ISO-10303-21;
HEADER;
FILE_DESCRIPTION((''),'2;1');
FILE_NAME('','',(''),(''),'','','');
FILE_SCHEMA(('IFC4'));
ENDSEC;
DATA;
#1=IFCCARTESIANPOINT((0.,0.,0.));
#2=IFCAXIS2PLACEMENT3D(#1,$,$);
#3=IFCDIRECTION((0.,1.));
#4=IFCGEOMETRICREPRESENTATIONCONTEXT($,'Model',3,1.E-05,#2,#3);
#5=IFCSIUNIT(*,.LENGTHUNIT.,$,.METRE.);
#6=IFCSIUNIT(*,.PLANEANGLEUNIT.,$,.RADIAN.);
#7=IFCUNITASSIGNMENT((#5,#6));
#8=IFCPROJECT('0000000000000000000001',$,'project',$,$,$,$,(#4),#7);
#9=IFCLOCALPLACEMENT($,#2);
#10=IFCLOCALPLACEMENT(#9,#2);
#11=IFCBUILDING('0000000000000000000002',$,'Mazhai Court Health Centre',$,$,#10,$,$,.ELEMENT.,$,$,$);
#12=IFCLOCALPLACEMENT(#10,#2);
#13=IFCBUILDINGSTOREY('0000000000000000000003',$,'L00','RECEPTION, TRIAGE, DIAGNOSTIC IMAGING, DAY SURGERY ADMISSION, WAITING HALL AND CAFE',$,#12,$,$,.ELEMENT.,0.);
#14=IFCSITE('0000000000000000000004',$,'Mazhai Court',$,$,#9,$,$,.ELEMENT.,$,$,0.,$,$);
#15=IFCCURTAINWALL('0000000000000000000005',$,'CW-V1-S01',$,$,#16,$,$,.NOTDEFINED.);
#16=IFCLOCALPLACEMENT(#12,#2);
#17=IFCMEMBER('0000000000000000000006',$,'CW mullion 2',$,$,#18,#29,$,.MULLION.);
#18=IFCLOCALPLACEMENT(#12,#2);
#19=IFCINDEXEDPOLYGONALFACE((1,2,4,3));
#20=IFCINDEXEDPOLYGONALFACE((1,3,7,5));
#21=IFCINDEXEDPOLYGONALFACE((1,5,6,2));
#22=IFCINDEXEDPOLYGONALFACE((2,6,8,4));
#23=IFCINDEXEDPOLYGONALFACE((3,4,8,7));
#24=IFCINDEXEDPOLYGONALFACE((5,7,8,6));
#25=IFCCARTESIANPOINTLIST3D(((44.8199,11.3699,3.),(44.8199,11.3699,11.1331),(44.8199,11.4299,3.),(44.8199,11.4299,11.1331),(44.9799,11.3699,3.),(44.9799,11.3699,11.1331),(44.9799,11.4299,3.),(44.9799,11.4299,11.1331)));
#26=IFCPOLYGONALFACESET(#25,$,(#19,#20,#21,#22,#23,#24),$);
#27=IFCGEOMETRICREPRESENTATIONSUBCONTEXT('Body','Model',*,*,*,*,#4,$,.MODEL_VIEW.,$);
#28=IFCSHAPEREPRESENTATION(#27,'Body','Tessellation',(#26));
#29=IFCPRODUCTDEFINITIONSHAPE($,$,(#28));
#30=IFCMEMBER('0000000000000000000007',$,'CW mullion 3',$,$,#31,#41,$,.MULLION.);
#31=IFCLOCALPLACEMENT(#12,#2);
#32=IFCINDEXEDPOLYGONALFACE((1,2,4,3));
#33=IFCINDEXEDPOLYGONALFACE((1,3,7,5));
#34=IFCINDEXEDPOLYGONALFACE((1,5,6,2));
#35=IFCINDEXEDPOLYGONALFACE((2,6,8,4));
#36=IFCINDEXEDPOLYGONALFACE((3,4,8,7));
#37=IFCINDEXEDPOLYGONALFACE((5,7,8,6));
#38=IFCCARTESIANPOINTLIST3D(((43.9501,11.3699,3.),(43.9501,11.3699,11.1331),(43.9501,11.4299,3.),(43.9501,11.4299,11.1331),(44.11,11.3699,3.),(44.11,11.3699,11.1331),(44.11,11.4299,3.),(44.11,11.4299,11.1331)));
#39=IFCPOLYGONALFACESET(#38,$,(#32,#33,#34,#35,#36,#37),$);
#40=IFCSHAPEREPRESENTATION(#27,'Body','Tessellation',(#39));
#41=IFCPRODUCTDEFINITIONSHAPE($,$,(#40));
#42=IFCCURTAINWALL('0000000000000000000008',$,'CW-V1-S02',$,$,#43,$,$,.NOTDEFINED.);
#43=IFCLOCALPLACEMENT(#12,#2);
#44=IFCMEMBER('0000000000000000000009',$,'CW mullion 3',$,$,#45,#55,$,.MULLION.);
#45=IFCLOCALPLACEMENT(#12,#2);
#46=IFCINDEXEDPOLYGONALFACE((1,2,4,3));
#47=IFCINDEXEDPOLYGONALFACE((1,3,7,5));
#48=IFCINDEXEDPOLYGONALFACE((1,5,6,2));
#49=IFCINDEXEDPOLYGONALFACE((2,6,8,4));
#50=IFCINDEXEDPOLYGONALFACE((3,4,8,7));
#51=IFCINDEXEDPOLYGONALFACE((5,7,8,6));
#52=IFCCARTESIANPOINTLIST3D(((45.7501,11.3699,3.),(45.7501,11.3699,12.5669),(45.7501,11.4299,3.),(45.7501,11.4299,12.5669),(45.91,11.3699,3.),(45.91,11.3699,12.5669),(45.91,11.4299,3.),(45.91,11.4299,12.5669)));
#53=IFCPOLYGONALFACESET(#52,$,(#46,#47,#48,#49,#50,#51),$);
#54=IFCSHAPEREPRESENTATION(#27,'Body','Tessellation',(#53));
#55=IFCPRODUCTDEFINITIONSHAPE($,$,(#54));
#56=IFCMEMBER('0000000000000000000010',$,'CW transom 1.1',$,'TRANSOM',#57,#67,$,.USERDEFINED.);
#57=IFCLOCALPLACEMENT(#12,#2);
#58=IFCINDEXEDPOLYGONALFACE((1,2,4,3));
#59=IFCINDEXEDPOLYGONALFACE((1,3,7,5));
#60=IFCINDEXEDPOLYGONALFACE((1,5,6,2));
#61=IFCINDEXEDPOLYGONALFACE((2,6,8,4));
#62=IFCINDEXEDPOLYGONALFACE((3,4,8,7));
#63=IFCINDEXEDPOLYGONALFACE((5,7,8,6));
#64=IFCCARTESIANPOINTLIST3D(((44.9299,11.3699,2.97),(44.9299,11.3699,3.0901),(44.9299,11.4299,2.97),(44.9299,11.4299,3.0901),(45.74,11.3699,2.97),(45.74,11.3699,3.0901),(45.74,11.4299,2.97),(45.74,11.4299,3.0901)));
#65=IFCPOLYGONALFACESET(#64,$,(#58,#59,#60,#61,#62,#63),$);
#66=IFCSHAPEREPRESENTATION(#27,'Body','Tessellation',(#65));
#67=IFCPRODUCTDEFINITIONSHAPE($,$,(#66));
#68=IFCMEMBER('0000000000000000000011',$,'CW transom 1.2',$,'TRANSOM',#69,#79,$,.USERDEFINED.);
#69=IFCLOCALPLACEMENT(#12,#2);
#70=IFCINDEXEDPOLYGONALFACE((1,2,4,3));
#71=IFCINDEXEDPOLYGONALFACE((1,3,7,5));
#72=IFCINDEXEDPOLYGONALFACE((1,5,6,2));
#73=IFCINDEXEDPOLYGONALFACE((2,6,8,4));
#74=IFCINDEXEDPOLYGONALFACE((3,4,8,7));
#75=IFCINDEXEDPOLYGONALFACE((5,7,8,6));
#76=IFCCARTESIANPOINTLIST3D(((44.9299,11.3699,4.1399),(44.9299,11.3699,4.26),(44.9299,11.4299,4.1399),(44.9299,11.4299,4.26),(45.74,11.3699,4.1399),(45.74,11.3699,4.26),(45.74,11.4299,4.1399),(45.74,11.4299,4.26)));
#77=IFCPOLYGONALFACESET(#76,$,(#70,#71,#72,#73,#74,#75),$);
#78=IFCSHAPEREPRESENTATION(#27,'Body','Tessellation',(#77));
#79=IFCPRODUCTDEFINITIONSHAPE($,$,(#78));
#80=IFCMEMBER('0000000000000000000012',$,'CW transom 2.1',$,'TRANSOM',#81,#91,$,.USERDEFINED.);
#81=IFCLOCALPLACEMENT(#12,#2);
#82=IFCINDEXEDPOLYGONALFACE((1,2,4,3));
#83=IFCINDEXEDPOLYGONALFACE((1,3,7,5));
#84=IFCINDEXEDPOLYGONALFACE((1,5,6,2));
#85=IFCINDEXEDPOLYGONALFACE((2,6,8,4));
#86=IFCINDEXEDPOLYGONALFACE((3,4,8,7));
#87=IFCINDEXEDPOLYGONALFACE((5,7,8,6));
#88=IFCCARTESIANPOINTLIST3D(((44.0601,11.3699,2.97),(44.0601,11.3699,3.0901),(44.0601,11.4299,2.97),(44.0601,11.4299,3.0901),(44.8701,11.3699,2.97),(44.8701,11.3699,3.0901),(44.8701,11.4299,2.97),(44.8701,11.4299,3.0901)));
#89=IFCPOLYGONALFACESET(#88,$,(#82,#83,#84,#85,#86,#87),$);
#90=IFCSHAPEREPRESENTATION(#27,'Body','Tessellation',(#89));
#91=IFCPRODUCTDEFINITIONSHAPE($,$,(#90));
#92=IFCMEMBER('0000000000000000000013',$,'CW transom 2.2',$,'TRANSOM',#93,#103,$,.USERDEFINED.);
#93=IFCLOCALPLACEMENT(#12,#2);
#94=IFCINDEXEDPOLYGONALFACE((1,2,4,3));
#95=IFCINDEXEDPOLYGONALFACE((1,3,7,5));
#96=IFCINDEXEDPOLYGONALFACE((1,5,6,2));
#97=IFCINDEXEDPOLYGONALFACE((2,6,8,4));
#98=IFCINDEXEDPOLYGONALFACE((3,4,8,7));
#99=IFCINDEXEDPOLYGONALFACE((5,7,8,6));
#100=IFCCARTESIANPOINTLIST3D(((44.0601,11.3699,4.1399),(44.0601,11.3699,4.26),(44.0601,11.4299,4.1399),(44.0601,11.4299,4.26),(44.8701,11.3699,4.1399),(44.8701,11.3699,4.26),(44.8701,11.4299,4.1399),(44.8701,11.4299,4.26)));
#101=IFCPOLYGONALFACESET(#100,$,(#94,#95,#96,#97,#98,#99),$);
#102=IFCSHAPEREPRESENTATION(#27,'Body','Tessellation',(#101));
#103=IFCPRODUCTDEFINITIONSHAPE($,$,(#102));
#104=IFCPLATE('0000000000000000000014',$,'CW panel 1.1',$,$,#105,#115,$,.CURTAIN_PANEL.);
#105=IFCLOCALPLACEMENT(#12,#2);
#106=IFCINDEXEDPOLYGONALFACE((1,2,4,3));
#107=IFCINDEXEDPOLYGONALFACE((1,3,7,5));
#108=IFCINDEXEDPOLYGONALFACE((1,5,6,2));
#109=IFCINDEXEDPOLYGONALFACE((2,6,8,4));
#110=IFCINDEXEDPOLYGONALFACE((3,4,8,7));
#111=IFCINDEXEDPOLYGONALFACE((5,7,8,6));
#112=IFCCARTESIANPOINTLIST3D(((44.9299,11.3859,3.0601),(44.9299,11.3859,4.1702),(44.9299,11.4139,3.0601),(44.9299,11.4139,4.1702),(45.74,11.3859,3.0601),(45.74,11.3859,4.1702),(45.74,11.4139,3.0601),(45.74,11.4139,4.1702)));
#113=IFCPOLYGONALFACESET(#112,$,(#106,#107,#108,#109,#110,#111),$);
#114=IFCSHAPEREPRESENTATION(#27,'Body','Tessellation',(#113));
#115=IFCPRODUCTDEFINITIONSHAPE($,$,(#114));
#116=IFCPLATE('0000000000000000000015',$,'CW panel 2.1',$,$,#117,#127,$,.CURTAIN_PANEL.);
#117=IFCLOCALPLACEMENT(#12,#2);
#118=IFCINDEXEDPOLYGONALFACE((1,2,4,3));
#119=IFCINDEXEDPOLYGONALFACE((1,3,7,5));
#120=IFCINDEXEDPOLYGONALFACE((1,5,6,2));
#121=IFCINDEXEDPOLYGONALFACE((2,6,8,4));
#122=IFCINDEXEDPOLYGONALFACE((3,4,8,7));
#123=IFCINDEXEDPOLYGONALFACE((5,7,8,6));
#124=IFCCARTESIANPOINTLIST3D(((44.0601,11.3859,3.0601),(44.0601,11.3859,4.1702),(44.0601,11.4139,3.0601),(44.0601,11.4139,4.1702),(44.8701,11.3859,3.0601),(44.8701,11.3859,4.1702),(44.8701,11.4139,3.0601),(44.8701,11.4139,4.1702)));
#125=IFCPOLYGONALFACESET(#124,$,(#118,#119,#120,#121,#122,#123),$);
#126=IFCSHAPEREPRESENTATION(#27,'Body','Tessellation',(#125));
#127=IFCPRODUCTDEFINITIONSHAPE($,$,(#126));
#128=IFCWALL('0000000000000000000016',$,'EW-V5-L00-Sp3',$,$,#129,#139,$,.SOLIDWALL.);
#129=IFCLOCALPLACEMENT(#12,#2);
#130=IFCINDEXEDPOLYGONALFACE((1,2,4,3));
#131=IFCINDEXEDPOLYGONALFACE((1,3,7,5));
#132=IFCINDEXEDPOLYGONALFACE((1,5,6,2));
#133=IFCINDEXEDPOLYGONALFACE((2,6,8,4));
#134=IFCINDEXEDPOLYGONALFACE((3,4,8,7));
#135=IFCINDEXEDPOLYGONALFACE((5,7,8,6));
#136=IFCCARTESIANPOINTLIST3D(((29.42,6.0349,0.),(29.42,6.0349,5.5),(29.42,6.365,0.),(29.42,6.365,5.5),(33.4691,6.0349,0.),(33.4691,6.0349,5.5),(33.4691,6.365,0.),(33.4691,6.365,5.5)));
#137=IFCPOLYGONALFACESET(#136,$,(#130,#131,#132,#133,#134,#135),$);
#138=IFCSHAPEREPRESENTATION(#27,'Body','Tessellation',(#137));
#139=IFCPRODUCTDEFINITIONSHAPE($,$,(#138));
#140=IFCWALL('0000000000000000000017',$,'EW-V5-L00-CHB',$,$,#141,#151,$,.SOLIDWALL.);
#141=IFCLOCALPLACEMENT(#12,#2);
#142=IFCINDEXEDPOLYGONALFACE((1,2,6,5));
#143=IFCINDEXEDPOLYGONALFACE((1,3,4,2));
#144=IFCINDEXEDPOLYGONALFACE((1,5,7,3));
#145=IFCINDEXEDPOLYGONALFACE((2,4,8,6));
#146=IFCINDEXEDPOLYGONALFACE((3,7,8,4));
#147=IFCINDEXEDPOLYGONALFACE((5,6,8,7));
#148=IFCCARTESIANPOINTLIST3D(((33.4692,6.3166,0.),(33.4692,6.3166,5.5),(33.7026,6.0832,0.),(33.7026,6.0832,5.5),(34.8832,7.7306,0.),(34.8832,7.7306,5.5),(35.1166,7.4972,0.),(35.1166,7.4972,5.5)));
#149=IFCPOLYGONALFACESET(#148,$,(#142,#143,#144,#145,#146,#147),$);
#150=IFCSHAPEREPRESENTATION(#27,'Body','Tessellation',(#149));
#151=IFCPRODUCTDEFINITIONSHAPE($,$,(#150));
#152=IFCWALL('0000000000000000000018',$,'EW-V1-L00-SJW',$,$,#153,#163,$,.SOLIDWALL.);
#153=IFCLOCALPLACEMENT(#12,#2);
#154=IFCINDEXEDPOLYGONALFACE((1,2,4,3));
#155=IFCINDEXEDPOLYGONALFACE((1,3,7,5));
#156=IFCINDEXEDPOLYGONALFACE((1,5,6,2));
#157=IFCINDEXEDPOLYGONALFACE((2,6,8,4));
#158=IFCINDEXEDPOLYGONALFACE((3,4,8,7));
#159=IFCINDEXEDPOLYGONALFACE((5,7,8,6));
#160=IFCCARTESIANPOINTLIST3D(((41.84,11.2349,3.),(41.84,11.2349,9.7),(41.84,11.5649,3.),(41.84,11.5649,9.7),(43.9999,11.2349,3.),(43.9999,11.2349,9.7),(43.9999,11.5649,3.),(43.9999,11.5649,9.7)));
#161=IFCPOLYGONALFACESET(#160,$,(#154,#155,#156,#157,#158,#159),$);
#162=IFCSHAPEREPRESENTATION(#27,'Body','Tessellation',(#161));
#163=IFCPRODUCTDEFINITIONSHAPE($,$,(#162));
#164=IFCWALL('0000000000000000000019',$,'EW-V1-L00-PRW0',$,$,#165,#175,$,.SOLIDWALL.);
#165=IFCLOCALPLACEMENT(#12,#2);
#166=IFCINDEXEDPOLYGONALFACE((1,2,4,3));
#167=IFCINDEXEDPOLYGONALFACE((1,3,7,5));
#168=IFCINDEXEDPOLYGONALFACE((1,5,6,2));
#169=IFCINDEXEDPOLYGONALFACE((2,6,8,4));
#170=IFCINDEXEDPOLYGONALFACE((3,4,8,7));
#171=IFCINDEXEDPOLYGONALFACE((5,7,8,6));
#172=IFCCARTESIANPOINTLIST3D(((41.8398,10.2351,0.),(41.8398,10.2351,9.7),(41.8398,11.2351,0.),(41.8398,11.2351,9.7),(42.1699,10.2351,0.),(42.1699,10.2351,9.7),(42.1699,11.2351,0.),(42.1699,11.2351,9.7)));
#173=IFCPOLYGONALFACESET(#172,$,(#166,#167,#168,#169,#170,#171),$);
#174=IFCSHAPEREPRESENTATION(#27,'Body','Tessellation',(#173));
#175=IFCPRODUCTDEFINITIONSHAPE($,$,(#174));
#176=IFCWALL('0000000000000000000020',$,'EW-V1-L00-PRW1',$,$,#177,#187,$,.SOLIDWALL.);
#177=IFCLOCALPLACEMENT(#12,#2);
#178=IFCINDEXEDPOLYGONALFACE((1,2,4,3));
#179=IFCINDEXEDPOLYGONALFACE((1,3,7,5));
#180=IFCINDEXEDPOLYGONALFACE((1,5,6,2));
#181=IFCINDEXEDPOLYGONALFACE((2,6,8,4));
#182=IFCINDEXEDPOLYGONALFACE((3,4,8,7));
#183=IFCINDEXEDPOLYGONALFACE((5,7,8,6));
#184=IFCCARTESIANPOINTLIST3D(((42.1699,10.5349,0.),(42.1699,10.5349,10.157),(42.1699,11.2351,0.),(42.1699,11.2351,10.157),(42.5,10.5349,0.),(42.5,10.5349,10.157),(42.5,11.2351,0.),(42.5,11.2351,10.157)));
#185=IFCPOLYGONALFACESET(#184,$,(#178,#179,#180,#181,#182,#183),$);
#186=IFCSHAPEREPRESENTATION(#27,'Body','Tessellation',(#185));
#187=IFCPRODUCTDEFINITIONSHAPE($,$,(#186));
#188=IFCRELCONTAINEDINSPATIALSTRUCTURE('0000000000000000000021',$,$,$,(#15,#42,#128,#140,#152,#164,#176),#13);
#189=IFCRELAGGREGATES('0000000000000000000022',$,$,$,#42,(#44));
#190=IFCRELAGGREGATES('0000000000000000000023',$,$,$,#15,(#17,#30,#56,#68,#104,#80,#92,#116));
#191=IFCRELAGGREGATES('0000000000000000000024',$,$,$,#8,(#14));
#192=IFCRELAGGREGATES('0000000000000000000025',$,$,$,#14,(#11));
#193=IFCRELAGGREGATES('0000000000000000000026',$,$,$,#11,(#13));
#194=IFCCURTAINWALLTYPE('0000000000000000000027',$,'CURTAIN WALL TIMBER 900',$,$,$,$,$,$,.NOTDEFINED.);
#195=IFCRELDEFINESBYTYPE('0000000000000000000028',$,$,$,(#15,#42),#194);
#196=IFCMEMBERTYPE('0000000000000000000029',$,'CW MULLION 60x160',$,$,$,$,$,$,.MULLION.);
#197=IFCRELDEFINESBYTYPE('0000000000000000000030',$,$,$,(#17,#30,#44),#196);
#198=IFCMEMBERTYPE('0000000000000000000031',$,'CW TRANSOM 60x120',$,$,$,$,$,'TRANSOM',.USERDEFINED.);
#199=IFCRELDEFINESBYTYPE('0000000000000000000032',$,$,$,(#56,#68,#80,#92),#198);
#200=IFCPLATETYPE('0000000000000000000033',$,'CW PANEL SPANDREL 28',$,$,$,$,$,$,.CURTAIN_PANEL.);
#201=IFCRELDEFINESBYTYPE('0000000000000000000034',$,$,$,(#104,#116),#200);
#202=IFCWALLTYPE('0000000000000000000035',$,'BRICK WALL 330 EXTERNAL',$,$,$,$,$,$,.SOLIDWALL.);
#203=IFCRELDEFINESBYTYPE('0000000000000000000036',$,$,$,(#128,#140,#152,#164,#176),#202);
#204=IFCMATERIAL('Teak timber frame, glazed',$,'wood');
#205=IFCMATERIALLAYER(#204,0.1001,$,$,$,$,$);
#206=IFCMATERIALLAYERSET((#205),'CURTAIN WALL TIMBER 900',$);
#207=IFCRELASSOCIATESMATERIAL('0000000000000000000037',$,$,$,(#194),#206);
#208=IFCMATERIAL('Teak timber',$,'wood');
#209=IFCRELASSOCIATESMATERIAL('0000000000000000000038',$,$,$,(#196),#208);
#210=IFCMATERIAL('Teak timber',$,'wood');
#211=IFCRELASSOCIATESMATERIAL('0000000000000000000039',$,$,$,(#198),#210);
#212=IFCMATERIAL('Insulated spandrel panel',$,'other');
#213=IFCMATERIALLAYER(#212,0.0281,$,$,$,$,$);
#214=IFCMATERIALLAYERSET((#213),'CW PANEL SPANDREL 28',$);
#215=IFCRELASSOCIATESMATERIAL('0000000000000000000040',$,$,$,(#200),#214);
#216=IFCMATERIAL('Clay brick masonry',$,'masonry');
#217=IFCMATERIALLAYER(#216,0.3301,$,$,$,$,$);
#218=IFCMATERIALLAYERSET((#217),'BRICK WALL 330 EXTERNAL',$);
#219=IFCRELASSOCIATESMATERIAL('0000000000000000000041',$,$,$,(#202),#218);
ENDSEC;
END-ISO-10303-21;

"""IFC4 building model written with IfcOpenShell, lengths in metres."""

from ifc_helpers import new_model, si_unit, direction, frame, frame_2d, origin, origin_2d, place, context, subcontext, project, spatial, rectangle, extrude, material, layer, layer_set, material_profile, profile_set, type_object, element, aggregate, save


model = new_model("IFC4")

# Units and contexts
model_context = context("Model", 3, precision=1e-05, world=origin(), true_north=direction((0.0, 1.0)))
body_context = subcontext(model_context, "Body", "Model", "MODEL_VIEW")
ifc_project = project(units=[si_unit("LENGTHUNIT", "METRE"), si_unit("PLANEANGLEUNIT", "RADIAN")], contexts=[model_context])

# Site, building, storey
site_placement = place(None, origin())
site = spatial("IfcSite", under=ifc_project, at=site_placement, Name="Mazhai Court", CompositionType="ELEMENT", RefElevation=0.0)
building_placement = place(site_placement, origin())
building = spatial("IfcBuilding", under=site, at=building_placement, Name="Mazhai Court Health Centre", CompositionType="ELEMENT")
storey_placement = place(building_placement, origin())
storey = spatial("IfcBuildingStorey", under=building, at=storey_placement, Name="L00", Description="RECEPTION, TRIAGE, DIAGNOSTIC IMAGING, DAY SURGERY ADMISSION, WAITING HALL AND CAFE", CompositionType="ELEMENT", Elevation=0.0)

# Curtain wall, members
ifc_material_1 = material(Name="Teak timber frame, glazed", Category="wood")
ifc_layer_1 = layer(ifc_material_1, 0.1001)
ifc_layer_set_1 = layer_set([ifc_layer_1], Name="CURTAIN WALL TIMBER 900")
curtain_wall_type = type_object("IfcCurtainWallType", Name="CURTAIN WALL TIMBER 900", PredefinedType="NOTDEFINED", material=ifc_layer_set_1)
curtain_wall_1_placement = place(storey_placement, origin())
curtain_wall_1 = element("IfcCurtainWall", 1, at=curtain_wall_1_placement, inside=storey, type_object=curtain_wall_type, Name="CW-V1-S01", PredefinedType="NOTDEFINED")
ifc_material_2 = material(Name="Teak timber", Category="wood")
ifc_material_profile_1 = material_profile(ifc_material_2, rectangle(XDim=0.0601, YDim=0.1599, at=origin_2d()), Name="CW MULLION 60x160")
ifc_profile_set_1 = profile_set([ifc_material_profile_1], Name="Teak timber")
member_type_1 = type_object("IfcMemberType", Name="CW MULLION 60x160", PredefinedType="MULLION", material=ifc_profile_set_1)
member_1_placement = place(storey_placement, frame((44.8999, 11.3999, 3.0), z_axis=(0.0, 0.0, 1.0), x_axis=(0.0, -1.0, 0.0)))
member_1 = element("IfcMember", 2, at=member_1_placement, type_object=member_type_1, Name="CW mullion 2", PredefinedType="MULLION", context=body_context, shape_type="SweptSolid", body=[
    extrude(rectangle(XDim=0.0601, YDim=0.1599, at=origin_2d()), origin(), (0.0, 0.0, 1.0), 8.1331),
])
member_2_placement = place(storey_placement, frame((44.03, 11.3999, 3.0), z_axis=(0.0, 0.0, 1.0), x_axis=(0.0, -1.0, 0.0)))
member_2 = element("IfcMember", 3, at=member_2_placement, type_object=member_type_1, Name="CW mullion 3", PredefinedType="MULLION", context=body_context, shape_type="SweptSolid", body=[
    extrude(rectangle(XDim=0.0601, YDim=0.1599, at=origin_2d()), origin(), (0.0, 0.0, 1.0), 8.1331),
])

# Curtain wall, member
curtain_wall_2_placement = place(storey_placement, origin())
curtain_wall_2 = element("IfcCurtainWall", 4, at=curtain_wall_2_placement, inside=storey, type_object=curtain_wall_type, Name="CW-V1-S02", PredefinedType="NOTDEFINED")
member_3_placement = place(storey_placement, frame((45.8301, 11.3999, 3.0), z_axis=(0.0, 0.0, 1.0), x_axis=(0.0, -1.0, 0.0)))
member_3 = element("IfcMember", 5, at=member_3_placement, type_object=member_type_1, Name="CW mullion 3", PredefinedType="MULLION", context=body_context, shape_type="SweptSolid", body=[
    extrude(rectangle(XDim=0.0601, YDim=0.1599, at=origin_2d()), origin(), (0.0, 0.0, 1.0), 9.5669),
])
aggregate(curtain_wall_2, [member_3])

# Members
ifc_material_3 = material(Name="Teak timber", Category="wood")
ifc_material_profile_2 = material_profile(ifc_material_3, rectangle(XDim=0.0601, YDim=0.1201, at=origin_2d()), Name="CW TRANSOM 60x120")
ifc_profile_set_2 = profile_set([ifc_material_profile_2], Name="Teak timber")
member_type_2 = type_object("IfcMemberType", Name="CW TRANSOM 60x120", ElementType="TRANSOM", PredefinedType="USERDEFINED", material=ifc_profile_set_2)
member_4_placement = place(storey_placement, frame((45.74, 11.3999, 3.03), z_axis=(-1.0, 0.0, 0.0), x_axis=(0.0, -1.0, 0.0)))
member_4 = element("IfcMember", 6, at=member_4_placement, type_object=member_type_2, Name="CW transom 1.1", ObjectType="TRANSOM", PredefinedType="USERDEFINED", context=body_context, shape_type="SweptSolid", body=[
    extrude(rectangle(XDim=0.0601, YDim=0.1201, at=origin_2d()), origin(), (0.0, 0.0, 1.0), 0.8101),
])
member_5_placement = place(storey_placement, frame((45.74, 11.3999, 4.2), z_axis=(-1.0, 0.0, 0.0), x_axis=(0.0, -1.0, 0.0)))
member_5 = element("IfcMember", 7, at=member_5_placement, type_object=member_type_2, Name="CW transom 1.2", ObjectType="TRANSOM", PredefinedType="USERDEFINED", context=body_context, shape_type="SweptSolid", body=[
    extrude(rectangle(XDim=0.0601, YDim=0.1201, at=origin_2d()), origin(), (0.0, 0.0, 1.0), 0.8101),
])
member_6_placement = place(storey_placement, frame((44.8701, 11.3999, 3.03), z_axis=(-1.0, 0.0, 0.0), x_axis=(0.0, -1.0, 0.0)))
member_6 = element("IfcMember", 8, at=member_6_placement, type_object=member_type_2, Name="CW transom 2.1", ObjectType="TRANSOM", PredefinedType="USERDEFINED", context=body_context, shape_type="SweptSolid", body=[
    extrude(rectangle(XDim=0.0601, YDim=0.1201, at=origin_2d()), origin(), (0.0, 0.0, 1.0), 0.8101),
])
member_7_placement = place(storey_placement, frame((44.8701, 11.3999, 4.2), z_axis=(-1.0, 0.0, 0.0), x_axis=(0.0, -1.0, 0.0)))
member_7 = element("IfcMember", 9, at=member_7_placement, type_object=member_type_2, Name="CW transom 2.2", ObjectType="TRANSOM", PredefinedType="USERDEFINED", context=body_context, shape_type="SweptSolid", body=[
    extrude(rectangle(XDim=0.0601, YDim=0.1201, at=origin_2d()), origin(), (0.0, 0.0, 1.0), 0.8101),
])

# Plates
ifc_material_4 = material(Name="Insulated spandrel panel", Category="other")
ifc_layer_2 = layer(ifc_material_4, 0.0281)
ifc_layer_set_2 = layer_set([ifc_layer_2], Name="CW PANEL SPANDREL 28")
plate_type = type_object("IfcPlateType", Name="CW PANEL SPANDREL 28", PredefinedType="CURTAIN_PANEL", material=ifc_layer_set_2)
plate_1_placement = place(storey_placement, frame((45.335, 11.3999, 3.0601), z_axis=(0.0, 0.0, 1.0), x_axis=(-1.0, 0.0, 0.0)))
plate_1 = element("IfcPlate", 10, at=plate_1_placement, type_object=plate_type, Name="CW panel 1.1", PredefinedType="CURTAIN_PANEL", context=body_context, shape_type="SweptSolid", body=[
    extrude(rectangle(XDim=0.8101, YDim=0.0281, at=origin_2d()), origin(), (0.0, 0.0, 1.0), 1.1101),
])
plate_2_placement = place(storey_placement, frame((44.4651, 11.3999, 3.0601), z_axis=(0.0, 0.0, 1.0), x_axis=(-1.0, 0.0, 0.0)))
plate_2 = element("IfcPlate", 11, at=plate_2_placement, type_object=plate_type, Name="CW panel 2.1", PredefinedType="CURTAIN_PANEL", context=body_context, shape_type="SweptSolid", body=[
    extrude(rectangle(XDim=0.8101, YDim=0.0281, at=origin_2d()), origin(), (0.0, 0.0, 1.0), 1.1101),
])
aggregate(curtain_wall_1, [member_1, member_2, member_4, member_5, plate_1, member_6, member_7, plate_2])

# Walls
ifc_material_5 = material(Name="Clay brick masonry", Category="masonry")
ifc_layer_3 = layer(ifc_material_5, 0.3301)
ifc_layer_set_3 = layer_set([ifc_layer_3], Name="BRICK WALL 330 EXTERNAL")
wall_type = type_object("IfcWallType", Name="BRICK WALL 330 EXTERNAL", PredefinedType="SOLIDWALL", material=ifc_layer_set_3)
wall_1_placement = place(storey_placement, frame((33.469, 6.2, 0.0), z_axis=(0.0, 0.0, 1.0), x_axis=(-1.0, 0.0, 0.0)))
element("IfcWall", 12, at=wall_1_placement, inside=storey, type_object=wall_type, Name="EW-V5-L00-Sp3", PredefinedType="SOLIDWALL", context=body_context, shape_type="SweptSolid", body=[
    extrude(rectangle(XDim=4.0491, YDim=0.3301, at=frame_2d((2.0244, 0.0))), origin(), (0.0, 0.0, 1.0), 5.5),
])
wall_2_placement = place(storey_placement, frame((35.0, 7.614, 0.0), z_axis=(0.0, 0.0, 1.0), x_axis=(-0.707107, -0.707107, 0.0)))
element("IfcWall", 13, at=wall_2_placement, inside=storey, type_object=wall_type, Name="EW-V5-L00-CHB", PredefinedType="SOLIDWALL", context=body_context, shape_type="SweptSolid", body=[
    extrude(rectangle(XDim=1.9998, YDim=0.3301, at=frame_2d((1.0, 0.0))), origin(), (0.0, 0.0, 1.0), 5.5),
])
wall_3_placement = place(storey_placement, frame((44.0, 11.3999, 3.0), z_axis=(0.0, 0.0, 1.0), x_axis=(-1.0, 0.0, 0.0)))
element("IfcWall", 14, at=wall_3_placement, inside=storey, type_object=wall_type, Name="EW-V1-L00-SJW", PredefinedType="SOLIDWALL", context=body_context, shape_type="SweptSolid", body=[
    extrude(rectangle(XDim=2.1599, YDim=0.3301, at=frame_2d((1.0801, 0.0))), origin(), (0.0, 0.0, 1.0), 6.7),
])
wall_4_placement = place(storey_placement, frame((42.0049, 10.2351, 0.0), z_axis=(0.0, 0.0, 1.0), x_axis=(0.0, 1.0, 0.0)))
element("IfcWall", 15, at=wall_4_placement, inside=storey, type_object=wall_type, Name="EW-V1-L00-PRW0", PredefinedType="SOLIDWALL", context=body_context, shape_type="SweptSolid", body=[
    extrude(rectangle(XDim=1.0, YDim=0.3301, at=frame_2d((0.5, 0.0))), origin(), (0.0, 0.0, 1.0), 9.7),
])
wall_5_placement = place(storey_placement, frame((42.335, 10.5349, 0.0), z_axis=(0.0, 0.0, 1.0), x_axis=(0.0, 1.0, 0.0)))
element("IfcWall", 16, at=wall_5_placement, inside=storey, type_object=wall_type, Name="EW-V1-L00-PRW1", PredefinedType="SOLIDWALL", context=body_context, shape_type="SweptSolid", body=[
    extrude(rectangle(XDim=0.7002, YDim=0.3301, at=frame_2d((0.3501, 0.0))), origin(), (0.0, 0.0, 1.0), 10.157),
])

save(model, "model.ifc")
